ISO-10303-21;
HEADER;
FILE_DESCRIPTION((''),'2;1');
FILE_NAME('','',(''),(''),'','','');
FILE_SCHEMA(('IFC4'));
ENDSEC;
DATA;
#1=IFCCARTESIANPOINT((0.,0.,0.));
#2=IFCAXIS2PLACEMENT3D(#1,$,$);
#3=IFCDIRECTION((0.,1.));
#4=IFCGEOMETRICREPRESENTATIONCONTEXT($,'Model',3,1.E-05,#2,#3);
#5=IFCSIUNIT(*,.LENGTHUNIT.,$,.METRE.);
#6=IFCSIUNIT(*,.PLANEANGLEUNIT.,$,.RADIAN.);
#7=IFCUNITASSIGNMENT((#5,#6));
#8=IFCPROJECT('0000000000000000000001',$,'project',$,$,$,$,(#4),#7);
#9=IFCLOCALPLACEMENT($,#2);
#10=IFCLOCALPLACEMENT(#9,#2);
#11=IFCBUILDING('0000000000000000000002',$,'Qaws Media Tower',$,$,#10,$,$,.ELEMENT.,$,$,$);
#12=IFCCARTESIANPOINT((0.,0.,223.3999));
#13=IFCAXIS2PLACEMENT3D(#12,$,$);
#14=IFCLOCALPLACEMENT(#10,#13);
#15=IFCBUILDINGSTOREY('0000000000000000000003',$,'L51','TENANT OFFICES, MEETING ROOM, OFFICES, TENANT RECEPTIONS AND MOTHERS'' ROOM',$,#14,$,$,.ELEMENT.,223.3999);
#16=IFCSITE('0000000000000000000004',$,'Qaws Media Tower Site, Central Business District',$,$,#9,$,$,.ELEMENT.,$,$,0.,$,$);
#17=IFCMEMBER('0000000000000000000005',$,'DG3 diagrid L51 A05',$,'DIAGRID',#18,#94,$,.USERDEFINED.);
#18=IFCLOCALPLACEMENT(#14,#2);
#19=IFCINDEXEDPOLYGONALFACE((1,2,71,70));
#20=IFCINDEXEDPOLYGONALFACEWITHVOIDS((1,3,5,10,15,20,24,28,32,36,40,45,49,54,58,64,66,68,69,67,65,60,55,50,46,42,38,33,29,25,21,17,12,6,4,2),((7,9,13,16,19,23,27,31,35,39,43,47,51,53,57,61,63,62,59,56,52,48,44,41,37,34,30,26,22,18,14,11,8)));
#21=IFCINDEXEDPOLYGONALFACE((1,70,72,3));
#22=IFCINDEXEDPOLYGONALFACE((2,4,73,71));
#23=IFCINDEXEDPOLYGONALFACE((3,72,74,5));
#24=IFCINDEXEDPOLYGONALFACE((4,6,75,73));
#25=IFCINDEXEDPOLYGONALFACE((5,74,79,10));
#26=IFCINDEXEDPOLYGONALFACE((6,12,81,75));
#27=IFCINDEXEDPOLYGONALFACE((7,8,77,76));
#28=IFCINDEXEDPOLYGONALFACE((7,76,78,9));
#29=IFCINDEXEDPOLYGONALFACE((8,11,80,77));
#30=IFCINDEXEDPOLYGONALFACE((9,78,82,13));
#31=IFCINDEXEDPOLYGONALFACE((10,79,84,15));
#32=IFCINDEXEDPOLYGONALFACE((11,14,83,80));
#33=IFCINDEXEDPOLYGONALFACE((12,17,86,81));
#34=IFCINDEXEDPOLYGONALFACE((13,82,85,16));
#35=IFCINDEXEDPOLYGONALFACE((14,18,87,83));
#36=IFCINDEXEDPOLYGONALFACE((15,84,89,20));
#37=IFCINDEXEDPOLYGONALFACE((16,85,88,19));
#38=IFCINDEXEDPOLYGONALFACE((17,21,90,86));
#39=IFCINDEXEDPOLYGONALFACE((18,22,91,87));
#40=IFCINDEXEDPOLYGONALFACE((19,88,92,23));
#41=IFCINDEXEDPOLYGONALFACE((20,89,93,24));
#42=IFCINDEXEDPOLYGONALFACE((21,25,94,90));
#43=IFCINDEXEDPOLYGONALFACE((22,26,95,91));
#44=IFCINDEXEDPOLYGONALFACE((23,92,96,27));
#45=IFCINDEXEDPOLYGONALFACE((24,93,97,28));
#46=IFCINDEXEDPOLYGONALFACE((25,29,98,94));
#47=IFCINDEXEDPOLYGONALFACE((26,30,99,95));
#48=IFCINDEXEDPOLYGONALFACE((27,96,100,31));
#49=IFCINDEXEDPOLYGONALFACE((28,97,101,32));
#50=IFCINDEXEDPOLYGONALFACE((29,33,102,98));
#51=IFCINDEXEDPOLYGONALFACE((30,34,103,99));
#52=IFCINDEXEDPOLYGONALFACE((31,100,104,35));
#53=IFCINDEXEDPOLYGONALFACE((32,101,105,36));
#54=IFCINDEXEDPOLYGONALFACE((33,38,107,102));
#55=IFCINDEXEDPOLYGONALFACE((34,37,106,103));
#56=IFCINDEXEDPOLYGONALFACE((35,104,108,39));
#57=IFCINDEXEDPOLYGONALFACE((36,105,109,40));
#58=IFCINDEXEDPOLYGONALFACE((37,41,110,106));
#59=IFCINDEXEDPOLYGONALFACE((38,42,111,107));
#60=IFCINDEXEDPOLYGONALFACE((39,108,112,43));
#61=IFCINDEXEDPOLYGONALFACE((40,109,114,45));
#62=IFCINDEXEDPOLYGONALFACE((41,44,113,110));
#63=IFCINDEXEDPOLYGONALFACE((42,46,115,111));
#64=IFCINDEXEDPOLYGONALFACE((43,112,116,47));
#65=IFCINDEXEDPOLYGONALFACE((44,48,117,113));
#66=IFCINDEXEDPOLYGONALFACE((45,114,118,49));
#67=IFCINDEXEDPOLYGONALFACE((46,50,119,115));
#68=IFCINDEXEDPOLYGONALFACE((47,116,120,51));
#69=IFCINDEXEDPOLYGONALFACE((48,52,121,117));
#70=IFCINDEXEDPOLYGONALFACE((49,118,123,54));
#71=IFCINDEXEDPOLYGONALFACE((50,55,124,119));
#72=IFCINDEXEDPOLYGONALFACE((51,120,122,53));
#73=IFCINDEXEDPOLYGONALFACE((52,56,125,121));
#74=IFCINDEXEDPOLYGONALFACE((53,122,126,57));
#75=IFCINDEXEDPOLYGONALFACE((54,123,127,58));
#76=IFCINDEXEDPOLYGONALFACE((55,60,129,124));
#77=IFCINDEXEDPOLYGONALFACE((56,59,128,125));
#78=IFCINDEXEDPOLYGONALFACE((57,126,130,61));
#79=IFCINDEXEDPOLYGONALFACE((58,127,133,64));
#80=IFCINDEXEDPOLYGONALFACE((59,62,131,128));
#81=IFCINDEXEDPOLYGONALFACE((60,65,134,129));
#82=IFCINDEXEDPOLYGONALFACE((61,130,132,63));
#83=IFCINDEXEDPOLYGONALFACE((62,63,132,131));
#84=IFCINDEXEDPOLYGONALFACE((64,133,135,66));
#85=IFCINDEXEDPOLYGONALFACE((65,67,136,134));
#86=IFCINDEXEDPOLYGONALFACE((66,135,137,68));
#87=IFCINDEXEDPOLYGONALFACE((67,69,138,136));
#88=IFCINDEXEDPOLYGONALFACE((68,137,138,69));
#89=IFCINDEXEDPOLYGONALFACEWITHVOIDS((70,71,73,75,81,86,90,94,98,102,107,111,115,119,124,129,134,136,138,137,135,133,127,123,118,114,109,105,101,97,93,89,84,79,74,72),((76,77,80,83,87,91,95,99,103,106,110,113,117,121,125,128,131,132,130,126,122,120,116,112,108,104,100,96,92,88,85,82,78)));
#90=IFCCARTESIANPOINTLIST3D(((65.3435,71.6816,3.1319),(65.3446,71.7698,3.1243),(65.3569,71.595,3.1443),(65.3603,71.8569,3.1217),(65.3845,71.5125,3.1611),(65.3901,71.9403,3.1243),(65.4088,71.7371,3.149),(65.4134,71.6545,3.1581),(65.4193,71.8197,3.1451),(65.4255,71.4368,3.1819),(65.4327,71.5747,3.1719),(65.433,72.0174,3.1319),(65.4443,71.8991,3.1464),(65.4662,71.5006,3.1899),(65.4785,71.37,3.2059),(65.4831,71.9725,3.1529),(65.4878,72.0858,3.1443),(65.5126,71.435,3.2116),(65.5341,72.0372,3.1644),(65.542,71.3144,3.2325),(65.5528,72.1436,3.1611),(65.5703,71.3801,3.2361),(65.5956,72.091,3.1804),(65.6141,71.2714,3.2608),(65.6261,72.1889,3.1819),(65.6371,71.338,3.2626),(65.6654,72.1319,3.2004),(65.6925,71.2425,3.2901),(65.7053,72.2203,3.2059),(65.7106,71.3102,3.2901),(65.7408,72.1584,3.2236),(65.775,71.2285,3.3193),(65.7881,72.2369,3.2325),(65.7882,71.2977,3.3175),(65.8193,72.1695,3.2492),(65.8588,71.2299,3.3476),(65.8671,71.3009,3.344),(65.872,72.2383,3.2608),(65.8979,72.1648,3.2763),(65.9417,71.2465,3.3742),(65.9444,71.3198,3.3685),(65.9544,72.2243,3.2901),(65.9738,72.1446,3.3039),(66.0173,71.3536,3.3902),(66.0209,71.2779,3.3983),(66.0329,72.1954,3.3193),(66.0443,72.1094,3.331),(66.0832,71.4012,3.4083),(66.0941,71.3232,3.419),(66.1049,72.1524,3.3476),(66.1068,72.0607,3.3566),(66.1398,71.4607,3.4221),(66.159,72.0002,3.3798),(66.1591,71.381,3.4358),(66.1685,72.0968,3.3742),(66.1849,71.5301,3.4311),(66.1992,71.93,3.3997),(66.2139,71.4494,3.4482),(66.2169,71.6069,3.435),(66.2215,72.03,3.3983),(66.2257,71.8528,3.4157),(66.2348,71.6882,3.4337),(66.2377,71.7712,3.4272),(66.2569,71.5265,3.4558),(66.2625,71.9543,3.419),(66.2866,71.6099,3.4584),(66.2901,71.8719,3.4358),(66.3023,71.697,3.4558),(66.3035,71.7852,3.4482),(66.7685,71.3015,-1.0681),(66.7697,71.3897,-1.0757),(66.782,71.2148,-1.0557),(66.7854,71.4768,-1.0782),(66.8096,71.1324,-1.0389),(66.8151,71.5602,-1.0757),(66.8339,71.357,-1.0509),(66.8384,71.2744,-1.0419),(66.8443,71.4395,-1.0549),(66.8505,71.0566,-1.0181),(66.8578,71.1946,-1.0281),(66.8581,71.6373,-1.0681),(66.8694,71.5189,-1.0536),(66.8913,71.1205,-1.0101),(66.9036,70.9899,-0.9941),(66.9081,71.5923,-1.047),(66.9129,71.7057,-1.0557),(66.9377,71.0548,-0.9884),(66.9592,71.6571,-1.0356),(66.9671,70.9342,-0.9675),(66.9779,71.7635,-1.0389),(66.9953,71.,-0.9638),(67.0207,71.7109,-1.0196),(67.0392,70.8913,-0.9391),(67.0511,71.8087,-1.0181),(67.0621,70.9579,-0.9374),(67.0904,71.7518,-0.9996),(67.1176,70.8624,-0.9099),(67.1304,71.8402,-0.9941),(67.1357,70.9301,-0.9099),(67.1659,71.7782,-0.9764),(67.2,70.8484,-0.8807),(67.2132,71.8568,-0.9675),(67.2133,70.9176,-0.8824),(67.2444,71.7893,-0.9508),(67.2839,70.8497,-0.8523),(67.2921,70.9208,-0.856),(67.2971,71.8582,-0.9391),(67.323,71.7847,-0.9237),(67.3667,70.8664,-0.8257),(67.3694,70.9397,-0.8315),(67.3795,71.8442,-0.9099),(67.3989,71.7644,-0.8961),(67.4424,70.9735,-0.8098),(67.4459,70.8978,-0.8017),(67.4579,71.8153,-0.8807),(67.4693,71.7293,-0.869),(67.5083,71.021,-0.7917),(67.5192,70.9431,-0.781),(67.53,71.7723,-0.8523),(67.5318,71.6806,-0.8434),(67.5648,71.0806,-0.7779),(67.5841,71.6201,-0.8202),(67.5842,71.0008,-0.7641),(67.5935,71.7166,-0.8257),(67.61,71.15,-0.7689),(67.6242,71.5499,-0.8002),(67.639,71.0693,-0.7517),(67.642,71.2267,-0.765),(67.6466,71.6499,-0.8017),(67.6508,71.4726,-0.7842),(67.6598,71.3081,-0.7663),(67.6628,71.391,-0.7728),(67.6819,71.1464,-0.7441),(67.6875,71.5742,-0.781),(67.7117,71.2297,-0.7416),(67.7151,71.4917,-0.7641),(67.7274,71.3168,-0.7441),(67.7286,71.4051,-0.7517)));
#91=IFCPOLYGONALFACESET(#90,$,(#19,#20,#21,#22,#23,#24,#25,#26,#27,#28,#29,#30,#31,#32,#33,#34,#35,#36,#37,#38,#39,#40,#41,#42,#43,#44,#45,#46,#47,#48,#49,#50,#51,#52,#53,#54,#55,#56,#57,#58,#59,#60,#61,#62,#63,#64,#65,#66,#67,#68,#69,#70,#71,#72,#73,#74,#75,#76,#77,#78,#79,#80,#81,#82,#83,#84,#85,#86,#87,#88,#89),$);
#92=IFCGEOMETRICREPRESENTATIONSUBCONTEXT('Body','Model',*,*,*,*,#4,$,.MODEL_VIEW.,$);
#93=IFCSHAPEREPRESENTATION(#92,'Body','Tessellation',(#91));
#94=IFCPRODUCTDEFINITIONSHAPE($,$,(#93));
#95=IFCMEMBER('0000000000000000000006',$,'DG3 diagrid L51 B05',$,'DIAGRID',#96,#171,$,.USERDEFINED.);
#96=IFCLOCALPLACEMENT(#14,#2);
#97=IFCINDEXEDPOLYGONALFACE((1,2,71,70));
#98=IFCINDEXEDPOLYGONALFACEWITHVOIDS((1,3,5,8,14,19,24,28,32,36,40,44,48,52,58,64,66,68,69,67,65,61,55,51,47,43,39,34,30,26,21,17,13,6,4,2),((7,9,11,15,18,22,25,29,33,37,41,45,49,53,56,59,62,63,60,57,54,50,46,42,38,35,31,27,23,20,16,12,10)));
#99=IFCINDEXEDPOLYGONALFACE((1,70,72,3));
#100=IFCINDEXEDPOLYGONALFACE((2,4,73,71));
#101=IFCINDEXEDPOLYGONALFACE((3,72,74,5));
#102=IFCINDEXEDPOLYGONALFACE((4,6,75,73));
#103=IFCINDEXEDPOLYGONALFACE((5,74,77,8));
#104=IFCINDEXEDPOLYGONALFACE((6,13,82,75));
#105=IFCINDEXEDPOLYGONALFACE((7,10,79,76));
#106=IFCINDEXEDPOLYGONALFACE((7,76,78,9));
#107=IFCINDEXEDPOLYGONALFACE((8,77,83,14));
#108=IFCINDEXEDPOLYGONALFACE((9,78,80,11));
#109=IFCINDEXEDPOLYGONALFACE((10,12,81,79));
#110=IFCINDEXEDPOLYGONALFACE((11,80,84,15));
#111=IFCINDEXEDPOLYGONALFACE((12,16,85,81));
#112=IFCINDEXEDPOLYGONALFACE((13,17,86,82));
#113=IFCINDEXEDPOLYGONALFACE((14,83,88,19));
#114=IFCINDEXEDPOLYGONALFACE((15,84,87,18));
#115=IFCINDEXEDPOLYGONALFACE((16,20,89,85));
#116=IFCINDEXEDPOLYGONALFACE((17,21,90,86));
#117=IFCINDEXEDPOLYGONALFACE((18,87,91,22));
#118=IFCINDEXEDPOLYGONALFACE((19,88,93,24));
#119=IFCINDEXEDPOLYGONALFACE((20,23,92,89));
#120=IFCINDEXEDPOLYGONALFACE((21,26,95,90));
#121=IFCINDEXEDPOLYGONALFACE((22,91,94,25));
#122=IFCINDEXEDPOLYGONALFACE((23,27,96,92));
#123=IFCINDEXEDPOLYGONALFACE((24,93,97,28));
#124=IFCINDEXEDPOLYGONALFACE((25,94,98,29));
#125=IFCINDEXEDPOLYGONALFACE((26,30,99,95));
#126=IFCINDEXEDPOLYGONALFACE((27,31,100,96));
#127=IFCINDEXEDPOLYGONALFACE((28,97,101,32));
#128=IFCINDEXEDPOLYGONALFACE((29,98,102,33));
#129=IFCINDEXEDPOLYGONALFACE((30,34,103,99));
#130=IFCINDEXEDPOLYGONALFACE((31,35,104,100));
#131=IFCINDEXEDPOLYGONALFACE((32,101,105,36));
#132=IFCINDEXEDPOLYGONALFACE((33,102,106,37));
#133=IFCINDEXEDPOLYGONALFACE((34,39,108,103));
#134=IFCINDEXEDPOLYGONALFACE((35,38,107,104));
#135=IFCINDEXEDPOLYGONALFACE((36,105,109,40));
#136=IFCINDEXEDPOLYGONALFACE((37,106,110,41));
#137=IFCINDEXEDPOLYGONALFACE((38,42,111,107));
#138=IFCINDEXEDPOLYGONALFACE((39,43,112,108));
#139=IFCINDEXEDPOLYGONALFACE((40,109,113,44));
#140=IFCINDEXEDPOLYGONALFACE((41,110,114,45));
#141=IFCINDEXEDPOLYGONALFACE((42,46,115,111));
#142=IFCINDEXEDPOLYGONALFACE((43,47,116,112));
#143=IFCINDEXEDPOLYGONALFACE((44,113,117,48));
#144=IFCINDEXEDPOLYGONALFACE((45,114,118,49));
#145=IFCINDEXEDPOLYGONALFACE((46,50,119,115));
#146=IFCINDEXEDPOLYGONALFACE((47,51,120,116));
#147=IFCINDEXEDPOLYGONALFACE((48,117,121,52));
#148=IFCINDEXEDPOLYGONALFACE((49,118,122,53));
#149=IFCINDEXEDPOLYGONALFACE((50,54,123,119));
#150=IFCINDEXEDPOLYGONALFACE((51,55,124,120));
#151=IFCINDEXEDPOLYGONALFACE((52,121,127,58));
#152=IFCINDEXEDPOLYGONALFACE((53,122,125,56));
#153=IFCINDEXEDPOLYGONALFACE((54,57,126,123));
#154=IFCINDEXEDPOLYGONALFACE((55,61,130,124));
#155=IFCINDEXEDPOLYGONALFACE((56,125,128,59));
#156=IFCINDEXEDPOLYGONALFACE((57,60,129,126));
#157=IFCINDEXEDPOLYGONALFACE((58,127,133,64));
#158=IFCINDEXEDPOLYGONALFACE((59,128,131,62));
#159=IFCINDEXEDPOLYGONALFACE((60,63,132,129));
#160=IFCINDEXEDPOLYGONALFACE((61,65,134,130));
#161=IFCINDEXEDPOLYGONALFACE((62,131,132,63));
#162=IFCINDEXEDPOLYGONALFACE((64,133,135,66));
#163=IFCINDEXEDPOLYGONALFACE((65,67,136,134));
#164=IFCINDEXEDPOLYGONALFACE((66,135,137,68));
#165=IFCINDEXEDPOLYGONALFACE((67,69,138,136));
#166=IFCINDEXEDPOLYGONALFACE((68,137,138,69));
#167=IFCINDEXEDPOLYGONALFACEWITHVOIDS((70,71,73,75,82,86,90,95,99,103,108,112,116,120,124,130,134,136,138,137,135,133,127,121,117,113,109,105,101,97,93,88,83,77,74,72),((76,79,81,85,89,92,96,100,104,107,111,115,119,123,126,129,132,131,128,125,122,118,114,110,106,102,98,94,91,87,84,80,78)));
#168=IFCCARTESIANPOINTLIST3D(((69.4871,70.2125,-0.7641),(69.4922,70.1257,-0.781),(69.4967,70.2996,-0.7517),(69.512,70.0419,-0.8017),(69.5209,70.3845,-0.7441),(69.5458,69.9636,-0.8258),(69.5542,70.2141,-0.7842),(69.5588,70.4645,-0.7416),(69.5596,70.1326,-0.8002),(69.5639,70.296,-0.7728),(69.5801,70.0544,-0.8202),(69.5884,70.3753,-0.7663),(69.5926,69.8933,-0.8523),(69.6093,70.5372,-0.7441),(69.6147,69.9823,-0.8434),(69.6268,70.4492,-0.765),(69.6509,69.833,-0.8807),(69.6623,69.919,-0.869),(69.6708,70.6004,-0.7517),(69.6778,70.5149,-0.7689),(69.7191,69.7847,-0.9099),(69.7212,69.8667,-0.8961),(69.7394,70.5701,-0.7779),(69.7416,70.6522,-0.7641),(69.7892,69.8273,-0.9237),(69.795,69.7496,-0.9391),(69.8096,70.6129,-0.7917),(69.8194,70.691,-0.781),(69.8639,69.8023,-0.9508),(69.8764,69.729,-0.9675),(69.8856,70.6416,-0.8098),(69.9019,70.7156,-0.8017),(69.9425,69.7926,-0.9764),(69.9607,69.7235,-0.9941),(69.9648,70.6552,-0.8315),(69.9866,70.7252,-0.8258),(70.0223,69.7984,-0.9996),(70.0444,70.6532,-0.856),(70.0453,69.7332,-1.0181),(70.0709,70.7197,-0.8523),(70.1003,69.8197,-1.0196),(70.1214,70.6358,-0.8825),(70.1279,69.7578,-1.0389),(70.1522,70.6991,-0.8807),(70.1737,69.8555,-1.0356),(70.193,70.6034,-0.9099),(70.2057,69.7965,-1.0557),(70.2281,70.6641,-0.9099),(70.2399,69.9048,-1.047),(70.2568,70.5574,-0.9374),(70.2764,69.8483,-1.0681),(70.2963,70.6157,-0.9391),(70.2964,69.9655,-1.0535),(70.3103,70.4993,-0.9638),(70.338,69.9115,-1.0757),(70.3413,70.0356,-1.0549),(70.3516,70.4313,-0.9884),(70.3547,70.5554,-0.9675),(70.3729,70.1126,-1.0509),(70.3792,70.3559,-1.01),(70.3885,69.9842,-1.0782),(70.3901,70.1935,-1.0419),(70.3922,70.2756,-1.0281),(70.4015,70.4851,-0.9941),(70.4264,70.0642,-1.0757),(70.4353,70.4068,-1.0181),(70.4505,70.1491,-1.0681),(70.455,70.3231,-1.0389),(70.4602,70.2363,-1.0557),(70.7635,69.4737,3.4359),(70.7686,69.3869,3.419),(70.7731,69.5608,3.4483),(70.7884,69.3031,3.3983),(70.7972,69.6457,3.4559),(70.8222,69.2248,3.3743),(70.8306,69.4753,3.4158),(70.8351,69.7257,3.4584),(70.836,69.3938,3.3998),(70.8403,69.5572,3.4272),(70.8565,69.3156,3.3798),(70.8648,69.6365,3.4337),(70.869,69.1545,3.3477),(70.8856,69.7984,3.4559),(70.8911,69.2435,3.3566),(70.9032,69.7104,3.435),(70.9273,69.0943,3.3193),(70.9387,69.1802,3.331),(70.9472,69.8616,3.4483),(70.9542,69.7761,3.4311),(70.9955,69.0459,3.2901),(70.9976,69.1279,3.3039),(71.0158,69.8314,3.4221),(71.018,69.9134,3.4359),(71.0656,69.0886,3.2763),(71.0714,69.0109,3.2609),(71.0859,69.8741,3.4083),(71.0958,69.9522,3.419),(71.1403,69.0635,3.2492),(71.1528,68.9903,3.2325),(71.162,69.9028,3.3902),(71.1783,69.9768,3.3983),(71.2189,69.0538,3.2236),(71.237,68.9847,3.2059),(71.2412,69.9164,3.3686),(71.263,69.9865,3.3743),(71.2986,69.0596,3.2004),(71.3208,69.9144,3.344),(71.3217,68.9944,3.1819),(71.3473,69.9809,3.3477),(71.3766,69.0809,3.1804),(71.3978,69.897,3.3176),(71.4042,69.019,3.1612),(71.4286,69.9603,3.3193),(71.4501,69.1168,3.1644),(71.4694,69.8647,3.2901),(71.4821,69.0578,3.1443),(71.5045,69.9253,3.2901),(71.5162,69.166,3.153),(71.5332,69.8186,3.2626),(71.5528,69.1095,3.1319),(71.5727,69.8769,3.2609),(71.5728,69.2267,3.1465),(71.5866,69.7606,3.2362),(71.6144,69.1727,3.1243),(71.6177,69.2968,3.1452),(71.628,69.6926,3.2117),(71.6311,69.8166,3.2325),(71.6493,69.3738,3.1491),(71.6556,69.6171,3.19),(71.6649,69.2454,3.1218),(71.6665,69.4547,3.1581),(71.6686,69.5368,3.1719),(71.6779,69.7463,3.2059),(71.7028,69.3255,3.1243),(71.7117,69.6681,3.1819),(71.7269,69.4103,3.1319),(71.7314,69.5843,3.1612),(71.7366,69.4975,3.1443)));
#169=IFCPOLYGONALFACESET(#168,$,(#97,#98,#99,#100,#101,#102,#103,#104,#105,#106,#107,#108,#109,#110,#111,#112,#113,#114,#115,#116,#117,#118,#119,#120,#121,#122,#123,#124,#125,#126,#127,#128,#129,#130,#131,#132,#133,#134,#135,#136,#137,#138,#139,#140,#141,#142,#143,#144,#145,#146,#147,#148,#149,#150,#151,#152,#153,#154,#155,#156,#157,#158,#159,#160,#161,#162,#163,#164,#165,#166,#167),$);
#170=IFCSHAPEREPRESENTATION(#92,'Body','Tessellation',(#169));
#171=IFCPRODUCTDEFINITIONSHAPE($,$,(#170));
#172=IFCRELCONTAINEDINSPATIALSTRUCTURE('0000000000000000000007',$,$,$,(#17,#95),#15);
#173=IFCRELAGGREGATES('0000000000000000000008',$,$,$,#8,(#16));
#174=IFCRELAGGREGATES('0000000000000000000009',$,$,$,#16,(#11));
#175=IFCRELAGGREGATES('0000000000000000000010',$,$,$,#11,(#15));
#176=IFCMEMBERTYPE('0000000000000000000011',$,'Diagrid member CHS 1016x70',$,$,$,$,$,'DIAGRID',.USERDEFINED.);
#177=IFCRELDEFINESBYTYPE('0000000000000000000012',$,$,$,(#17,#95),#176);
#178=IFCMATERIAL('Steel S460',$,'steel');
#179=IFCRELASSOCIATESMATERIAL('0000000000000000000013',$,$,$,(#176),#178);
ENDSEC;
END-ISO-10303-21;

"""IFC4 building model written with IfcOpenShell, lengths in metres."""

from ifc_helpers import new_model, si_unit, direction, frame, origin, origin_2d, place, context, subcontext, project, spatial, hollow_circle, extrude, material, material_profile, profile_set, type_object, element, save


model = new_model("IFC4")

# Units and contexts
model_context = context("Model", 3, precision=1e-05, world=origin(), true_north=direction((0.0, 1.0)))
body_context = subcontext(model_context, "Body", "Model", "MODEL_VIEW")
ifc_project = project(units=[si_unit("LENGTHUNIT", "METRE"), si_unit("PLANEANGLEUNIT", "RADIAN")], contexts=[model_context])

# Site, building, storey
site_placement = place(None, origin())
site = spatial("IfcSite", under=ifc_project, at=site_placement, Name="Qaws Media Tower Site, Central Business District", CompositionType="ELEMENT", RefElevation=0.0)
building_placement = place(site_placement, origin())
building = spatial("IfcBuilding", under=site, at=building_placement, Name="Qaws Media Tower", CompositionType="ELEMENT")
storey_placement = place(building_placement, frame((0.0, 0.0, 223.3999)))
storey = spatial("IfcBuildingStorey", under=building, at=storey_placement, Name="L51", Description="TENANT OFFICES, MEETING ROOM, OFFICES, TENANT RECEPTIONS AND MOTHERS' ROOM", CompositionType="ELEMENT", Elevation=223.3999)

# Members
ifc_material_1 = material(Name="Steel S460", Category="steel")
ifc_material_profile_1 = material_profile(ifc_material_1, hollow_circle(Radius=0.5081, WallThickness=0.0701, at=origin_2d()), Name="CHS 1016x70")
ifc_profile_set_1 = profile_set([ifc_material_profile_1], Name="Steel S460")
member_type_1 = type_object("IfcMemberType", Name="Diagrid member CHS 1016x70", ElementType="DIAGRID", PredefinedType="USERDEFINED", material=ifc_profile_set_1)
for number, where, z_axis, x_axis, name in (
    (1, (67.2485, 71.3533, -0.9099), (-0.320136, 0.085395, 0.943515), (-0.257735, -0.966216, 0.0), "DG3 diagrid L51 A05"),
    (2, (69.9736, 70.2244, -0.9099), (0.286737, -0.165965, 0.943524), (0.500945, 0.865479, 0.0), "DG3 diagrid L51 B05"),
):
    element("IfcMember", number, at=place(storey_placement, frame(where, z_axis=z_axis, x_axis=x_axis)), inside=storey, type_object=member_type_1, Name=name, ObjectType="DIAGRID", PredefinedType="USERDEFINED", context=body_context, shape_type="SweptSolid", body=[
        extrude(hollow_circle(Radius=0.5081, WallThickness=0.0701, at=origin_2d()), origin(), (0.0, 0.0, 1.0), 4.4514),
    ])

save(model, "model.ifc")
